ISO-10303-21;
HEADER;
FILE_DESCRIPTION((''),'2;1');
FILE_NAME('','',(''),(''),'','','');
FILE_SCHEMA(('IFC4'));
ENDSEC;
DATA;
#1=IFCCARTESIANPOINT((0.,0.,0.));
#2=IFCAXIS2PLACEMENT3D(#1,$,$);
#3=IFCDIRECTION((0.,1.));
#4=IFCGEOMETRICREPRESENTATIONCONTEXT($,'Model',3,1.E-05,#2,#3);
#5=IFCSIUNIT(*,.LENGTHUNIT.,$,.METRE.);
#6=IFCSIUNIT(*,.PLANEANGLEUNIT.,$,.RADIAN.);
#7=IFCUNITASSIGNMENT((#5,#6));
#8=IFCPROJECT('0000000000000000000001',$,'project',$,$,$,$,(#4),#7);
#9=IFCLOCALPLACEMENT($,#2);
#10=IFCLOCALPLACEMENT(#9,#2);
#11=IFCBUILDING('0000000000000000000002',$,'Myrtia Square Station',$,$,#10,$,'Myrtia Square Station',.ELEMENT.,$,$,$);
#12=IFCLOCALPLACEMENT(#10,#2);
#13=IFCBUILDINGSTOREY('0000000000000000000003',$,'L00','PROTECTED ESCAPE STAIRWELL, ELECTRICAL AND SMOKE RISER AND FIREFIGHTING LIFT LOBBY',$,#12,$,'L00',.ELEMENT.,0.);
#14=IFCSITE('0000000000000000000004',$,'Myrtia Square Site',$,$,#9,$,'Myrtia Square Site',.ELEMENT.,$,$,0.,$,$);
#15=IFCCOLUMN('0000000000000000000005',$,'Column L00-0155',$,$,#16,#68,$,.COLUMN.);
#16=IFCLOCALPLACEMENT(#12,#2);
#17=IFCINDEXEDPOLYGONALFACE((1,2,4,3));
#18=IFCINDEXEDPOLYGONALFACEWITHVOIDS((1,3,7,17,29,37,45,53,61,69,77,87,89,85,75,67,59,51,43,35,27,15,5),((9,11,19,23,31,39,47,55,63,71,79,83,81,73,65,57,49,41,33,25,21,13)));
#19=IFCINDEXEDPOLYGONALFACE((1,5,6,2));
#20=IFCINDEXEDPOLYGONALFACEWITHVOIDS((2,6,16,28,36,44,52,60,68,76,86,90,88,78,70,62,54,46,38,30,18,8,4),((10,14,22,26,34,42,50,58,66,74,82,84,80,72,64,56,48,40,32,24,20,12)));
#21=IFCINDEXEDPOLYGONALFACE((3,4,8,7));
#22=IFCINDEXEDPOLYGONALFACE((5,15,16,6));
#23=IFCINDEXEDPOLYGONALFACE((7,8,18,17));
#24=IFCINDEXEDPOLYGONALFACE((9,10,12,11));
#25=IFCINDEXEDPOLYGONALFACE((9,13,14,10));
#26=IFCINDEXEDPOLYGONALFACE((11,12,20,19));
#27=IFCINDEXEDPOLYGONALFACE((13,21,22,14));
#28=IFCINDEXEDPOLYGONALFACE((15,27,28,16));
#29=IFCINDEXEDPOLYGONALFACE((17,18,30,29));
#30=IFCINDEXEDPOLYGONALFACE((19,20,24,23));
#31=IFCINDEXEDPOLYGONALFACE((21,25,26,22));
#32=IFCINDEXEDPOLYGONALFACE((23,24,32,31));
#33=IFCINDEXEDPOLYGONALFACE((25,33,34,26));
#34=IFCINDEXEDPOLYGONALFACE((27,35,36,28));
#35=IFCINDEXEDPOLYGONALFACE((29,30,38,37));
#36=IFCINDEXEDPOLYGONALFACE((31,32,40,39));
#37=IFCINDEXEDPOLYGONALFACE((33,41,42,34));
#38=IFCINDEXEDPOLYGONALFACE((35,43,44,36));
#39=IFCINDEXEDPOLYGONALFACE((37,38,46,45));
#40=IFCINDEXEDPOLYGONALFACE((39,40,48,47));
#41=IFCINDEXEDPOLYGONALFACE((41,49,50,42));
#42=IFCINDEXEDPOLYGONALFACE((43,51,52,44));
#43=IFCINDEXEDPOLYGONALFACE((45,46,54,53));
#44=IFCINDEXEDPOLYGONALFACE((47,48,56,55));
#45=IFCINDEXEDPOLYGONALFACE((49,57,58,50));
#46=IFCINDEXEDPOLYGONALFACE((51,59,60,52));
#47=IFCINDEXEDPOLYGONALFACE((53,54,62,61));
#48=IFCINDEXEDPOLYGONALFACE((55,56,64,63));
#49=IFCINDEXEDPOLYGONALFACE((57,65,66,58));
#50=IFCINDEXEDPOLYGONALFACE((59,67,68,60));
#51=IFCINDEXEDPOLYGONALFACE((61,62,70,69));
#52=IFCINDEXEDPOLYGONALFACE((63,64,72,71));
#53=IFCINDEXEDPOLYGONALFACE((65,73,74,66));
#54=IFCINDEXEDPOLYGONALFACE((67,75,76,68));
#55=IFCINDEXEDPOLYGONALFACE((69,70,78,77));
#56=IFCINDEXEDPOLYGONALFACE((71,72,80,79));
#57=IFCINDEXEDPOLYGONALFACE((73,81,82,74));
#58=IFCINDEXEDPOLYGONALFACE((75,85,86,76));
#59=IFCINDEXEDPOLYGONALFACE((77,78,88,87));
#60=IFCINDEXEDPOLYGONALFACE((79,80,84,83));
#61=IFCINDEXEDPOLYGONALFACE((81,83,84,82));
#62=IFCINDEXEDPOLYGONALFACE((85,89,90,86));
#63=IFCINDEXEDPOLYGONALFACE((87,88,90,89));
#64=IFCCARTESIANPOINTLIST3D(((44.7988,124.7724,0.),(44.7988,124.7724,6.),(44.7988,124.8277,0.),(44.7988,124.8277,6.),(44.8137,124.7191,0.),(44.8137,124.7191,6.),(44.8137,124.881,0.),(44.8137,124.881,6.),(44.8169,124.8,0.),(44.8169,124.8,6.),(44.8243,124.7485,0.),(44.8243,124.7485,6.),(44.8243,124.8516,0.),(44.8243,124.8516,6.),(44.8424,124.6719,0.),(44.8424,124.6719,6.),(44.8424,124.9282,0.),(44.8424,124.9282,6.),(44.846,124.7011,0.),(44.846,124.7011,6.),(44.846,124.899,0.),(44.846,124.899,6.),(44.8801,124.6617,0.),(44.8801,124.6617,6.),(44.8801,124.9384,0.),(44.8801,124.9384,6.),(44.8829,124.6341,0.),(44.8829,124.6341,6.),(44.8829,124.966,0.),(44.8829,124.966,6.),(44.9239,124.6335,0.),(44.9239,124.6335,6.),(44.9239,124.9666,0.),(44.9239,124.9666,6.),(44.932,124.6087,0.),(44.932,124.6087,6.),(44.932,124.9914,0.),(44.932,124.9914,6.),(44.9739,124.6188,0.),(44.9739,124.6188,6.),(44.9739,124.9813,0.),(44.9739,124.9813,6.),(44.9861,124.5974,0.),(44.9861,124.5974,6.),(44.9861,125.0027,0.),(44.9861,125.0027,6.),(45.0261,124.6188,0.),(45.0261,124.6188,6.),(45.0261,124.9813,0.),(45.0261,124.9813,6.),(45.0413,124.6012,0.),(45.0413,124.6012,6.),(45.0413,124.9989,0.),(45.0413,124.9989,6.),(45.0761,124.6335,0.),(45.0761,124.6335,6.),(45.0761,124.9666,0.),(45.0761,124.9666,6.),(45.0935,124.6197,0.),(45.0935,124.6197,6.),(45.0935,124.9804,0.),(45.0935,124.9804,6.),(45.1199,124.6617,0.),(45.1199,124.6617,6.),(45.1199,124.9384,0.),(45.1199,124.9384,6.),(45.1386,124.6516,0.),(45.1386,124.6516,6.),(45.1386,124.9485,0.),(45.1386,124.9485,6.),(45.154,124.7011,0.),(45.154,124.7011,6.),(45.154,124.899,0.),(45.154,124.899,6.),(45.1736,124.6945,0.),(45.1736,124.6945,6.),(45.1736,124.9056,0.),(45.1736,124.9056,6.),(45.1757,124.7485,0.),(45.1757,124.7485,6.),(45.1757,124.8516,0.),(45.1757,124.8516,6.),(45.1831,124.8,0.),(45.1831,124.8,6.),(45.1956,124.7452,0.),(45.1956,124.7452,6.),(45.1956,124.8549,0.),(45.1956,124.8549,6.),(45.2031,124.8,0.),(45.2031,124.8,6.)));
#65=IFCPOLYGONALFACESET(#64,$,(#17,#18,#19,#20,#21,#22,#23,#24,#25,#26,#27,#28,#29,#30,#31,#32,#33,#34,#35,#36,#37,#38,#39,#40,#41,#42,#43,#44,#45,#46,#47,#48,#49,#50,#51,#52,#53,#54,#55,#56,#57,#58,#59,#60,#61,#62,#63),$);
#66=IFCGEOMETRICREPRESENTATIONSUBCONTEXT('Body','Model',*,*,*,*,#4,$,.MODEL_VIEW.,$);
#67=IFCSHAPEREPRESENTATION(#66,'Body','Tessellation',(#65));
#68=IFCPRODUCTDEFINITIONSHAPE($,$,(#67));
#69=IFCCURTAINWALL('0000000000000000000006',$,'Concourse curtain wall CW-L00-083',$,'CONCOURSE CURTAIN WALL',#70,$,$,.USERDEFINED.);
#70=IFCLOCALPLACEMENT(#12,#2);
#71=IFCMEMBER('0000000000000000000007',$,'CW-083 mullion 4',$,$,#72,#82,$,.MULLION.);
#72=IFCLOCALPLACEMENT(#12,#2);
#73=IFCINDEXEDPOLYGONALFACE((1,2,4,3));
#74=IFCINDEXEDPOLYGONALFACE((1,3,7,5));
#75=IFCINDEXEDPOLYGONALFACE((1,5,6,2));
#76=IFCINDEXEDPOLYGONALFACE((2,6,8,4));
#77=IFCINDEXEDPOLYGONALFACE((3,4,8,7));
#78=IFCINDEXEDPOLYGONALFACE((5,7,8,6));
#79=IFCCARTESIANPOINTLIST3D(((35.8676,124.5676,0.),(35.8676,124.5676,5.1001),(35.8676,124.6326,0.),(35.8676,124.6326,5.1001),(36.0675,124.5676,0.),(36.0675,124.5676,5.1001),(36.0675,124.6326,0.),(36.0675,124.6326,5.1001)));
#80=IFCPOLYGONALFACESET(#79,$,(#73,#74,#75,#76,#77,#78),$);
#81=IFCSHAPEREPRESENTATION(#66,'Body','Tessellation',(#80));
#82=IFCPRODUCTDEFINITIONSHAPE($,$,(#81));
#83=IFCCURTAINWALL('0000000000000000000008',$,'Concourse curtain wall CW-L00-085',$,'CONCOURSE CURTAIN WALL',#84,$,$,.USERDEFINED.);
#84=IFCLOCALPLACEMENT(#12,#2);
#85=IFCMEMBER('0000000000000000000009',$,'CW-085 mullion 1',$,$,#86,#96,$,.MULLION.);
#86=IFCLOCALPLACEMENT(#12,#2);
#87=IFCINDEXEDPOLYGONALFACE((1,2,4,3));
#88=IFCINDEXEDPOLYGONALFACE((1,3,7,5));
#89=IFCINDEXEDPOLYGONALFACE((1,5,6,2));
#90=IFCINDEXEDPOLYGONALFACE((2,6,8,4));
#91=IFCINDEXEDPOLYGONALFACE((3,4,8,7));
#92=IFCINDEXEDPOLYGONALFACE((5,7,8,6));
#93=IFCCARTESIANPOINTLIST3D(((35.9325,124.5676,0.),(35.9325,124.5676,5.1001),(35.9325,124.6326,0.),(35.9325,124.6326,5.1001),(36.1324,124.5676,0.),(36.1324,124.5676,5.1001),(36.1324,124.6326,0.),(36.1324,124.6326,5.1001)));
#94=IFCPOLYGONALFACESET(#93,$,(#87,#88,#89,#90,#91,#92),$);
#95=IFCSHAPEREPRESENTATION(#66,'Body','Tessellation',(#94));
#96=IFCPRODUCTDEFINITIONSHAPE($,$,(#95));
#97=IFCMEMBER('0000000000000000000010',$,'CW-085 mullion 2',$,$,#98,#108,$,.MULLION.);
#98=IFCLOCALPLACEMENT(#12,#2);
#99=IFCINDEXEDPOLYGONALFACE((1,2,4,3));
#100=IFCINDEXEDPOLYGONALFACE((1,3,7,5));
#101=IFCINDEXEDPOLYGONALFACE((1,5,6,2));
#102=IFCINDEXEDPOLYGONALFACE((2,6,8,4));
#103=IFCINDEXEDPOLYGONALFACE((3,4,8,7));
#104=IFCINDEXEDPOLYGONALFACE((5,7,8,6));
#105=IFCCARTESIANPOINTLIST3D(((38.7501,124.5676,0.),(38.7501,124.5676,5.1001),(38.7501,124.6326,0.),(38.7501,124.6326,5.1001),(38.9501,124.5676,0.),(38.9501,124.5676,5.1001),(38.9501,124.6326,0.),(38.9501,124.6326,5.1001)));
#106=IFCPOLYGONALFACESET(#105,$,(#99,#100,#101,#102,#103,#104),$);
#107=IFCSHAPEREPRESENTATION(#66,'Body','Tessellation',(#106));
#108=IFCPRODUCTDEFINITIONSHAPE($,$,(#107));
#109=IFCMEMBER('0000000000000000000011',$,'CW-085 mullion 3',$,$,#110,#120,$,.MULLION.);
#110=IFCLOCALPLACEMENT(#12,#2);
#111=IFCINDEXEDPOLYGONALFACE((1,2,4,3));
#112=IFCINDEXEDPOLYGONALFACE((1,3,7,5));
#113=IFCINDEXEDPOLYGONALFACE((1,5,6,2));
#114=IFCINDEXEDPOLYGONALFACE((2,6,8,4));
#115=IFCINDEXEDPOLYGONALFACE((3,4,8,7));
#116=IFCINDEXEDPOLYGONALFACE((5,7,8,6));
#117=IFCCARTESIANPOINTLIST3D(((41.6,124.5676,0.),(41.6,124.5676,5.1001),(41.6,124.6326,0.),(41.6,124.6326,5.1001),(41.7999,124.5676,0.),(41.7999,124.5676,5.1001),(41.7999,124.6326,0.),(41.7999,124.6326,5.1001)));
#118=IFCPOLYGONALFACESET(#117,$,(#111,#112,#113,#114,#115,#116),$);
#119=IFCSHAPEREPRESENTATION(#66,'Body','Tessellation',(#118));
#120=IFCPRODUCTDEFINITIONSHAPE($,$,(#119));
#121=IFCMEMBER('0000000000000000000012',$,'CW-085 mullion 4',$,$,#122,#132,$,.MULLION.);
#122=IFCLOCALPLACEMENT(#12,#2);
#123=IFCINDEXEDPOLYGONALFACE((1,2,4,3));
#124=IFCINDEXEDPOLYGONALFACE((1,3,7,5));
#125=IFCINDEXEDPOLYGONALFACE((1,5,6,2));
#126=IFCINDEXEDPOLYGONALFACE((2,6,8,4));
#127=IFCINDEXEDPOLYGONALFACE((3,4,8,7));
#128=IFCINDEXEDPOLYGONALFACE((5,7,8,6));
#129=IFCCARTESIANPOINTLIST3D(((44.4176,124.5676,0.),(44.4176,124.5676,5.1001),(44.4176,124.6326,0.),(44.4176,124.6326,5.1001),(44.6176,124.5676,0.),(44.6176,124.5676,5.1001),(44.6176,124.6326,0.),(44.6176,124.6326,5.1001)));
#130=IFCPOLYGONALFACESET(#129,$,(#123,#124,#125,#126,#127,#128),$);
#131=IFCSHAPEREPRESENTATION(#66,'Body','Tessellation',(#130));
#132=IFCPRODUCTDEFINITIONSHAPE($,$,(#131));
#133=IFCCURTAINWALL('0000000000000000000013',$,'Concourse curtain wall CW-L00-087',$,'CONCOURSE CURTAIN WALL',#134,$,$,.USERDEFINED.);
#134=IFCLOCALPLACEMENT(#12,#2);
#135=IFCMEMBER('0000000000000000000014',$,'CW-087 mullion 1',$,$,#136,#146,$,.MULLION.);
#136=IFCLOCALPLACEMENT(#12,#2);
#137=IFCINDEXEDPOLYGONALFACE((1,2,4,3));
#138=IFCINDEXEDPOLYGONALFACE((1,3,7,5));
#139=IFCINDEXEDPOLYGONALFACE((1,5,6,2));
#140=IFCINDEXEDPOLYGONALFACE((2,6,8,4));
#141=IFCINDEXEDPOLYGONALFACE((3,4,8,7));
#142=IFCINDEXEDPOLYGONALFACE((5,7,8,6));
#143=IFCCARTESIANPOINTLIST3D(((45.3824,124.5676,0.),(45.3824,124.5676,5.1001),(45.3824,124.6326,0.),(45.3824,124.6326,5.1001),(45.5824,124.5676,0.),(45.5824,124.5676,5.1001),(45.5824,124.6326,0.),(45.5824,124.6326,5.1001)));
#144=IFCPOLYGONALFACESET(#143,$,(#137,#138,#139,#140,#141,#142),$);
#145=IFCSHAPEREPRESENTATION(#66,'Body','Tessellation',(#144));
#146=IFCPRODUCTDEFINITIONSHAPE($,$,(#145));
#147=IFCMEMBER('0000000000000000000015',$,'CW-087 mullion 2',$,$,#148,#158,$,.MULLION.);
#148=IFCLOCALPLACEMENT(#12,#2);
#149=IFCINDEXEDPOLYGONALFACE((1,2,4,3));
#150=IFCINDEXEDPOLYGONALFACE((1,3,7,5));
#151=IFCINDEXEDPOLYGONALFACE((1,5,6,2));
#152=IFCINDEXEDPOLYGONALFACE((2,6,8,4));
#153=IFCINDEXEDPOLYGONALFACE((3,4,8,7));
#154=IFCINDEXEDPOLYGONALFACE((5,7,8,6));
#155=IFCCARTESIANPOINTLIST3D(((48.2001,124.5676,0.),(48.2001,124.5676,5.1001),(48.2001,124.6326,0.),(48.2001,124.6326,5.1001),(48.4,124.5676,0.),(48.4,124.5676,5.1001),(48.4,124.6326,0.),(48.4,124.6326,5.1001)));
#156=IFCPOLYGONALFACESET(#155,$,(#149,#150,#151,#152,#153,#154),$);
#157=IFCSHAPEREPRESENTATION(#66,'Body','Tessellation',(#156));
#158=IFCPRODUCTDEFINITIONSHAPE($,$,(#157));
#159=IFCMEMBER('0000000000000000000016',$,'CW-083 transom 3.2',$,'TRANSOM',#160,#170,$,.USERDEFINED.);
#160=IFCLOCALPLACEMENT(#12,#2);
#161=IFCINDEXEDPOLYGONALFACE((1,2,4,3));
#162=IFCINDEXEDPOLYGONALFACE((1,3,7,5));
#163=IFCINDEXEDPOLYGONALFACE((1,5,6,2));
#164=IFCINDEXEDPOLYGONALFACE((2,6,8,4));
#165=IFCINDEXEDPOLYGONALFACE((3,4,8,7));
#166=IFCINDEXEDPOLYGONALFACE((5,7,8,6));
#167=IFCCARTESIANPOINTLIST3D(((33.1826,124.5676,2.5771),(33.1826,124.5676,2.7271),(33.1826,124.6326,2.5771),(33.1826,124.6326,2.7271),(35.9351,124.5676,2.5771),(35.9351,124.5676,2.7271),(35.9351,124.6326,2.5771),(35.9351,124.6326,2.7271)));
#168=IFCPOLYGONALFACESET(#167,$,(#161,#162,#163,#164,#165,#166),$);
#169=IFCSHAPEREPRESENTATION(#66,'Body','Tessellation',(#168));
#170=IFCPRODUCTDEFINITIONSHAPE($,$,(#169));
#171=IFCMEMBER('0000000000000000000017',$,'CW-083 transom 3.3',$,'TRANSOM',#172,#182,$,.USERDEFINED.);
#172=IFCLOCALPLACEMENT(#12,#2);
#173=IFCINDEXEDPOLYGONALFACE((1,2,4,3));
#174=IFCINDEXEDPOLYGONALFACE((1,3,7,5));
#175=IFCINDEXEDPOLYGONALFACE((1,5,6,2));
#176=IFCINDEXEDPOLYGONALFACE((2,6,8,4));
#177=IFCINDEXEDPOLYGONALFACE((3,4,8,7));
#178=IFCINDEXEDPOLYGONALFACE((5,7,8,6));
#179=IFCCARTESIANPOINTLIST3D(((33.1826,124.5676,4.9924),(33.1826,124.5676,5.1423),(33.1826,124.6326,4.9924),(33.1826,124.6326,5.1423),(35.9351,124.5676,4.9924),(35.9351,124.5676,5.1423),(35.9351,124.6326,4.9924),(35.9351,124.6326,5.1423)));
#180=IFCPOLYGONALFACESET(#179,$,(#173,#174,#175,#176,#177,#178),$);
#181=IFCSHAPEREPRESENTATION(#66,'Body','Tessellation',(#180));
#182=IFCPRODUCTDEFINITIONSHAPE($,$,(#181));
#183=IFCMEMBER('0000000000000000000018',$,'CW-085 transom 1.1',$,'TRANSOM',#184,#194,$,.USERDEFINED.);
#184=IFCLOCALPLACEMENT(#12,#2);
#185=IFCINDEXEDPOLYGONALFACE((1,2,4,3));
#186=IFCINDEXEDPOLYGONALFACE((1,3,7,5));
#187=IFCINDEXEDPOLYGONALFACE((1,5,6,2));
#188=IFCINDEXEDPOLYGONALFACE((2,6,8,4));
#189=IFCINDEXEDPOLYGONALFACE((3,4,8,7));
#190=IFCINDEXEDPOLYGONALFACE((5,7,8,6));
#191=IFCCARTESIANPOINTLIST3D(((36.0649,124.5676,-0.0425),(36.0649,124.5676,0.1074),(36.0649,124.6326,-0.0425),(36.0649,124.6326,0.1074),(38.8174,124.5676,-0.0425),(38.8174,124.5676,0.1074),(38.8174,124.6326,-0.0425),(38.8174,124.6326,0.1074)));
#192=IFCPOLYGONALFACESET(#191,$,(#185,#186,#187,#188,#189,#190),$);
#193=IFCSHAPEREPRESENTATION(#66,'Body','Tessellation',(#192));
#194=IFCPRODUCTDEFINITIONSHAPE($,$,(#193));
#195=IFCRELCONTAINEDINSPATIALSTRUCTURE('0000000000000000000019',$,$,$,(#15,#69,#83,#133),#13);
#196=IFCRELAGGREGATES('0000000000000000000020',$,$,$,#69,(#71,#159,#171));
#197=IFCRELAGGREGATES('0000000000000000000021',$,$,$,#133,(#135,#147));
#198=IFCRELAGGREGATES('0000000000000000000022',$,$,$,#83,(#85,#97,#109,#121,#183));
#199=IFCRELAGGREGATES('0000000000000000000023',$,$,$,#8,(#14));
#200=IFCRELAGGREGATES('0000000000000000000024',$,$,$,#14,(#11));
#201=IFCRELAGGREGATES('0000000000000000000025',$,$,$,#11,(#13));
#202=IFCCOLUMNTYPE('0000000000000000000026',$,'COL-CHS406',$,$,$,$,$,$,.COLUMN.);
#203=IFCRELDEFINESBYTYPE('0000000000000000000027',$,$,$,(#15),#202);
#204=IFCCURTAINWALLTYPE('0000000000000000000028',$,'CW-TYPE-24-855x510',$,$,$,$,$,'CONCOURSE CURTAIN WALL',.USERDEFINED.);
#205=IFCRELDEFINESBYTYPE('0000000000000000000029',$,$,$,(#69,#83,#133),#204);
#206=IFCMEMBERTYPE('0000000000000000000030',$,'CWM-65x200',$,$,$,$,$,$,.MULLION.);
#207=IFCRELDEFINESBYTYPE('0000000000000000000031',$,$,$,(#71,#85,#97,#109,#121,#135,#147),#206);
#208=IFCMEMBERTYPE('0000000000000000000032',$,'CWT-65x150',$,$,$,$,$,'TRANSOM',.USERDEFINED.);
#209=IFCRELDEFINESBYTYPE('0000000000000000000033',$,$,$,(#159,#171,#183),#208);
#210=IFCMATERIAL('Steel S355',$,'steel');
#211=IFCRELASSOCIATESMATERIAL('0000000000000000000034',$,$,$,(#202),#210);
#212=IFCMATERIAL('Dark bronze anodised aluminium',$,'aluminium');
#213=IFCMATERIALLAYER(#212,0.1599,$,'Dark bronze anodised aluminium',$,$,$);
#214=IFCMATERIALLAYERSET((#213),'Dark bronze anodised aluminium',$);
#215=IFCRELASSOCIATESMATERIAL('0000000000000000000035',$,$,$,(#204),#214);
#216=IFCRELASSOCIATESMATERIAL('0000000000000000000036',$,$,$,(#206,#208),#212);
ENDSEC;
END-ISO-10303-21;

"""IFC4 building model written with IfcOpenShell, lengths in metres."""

from ifc_helpers import new_model, si_unit, direction, frame, origin, origin_2d, place, context, subcontext, project, spatial, rectangle, hollow_circle, extrude, material, layer, layer_set, material_profile, profile_set, type_object, element, aggregate, save


model = new_model("IFC4")

# Units and contexts
model_context = context("Model", 3, precision=1e-05, world=origin(), true_north=direction((0.0, 1.0)))
body_context = subcontext(model_context, "Body", "Model", "MODEL_VIEW")
ifc_project = project(units=[si_unit("LENGTHUNIT", "METRE"), si_unit("PLANEANGLEUNIT", "RADIAN")], contexts=[model_context])

# Site, building, storey
site_placement = place(None, origin())
site = spatial("IfcSite", under=ifc_project, at=site_placement, Name="Myrtia Square Site", LongName="Myrtia Square Site", CompositionType="ELEMENT", RefElevation=0.0)
building_placement = place(site_placement, origin())
building = spatial("IfcBuilding", under=site, at=building_placement, Name="Myrtia Square Station", LongName="Myrtia Square Station", CompositionType="ELEMENT")
storey_placement = place(building_placement, origin())
storey = spatial("IfcBuildingStorey", under=building, at=storey_placement, Name="L00", Description="PROTECTED ESCAPE STAIRWELL, ELECTRICAL AND SMOKE RISER AND FIREFIGHTING LIFT LOBBY", LongName="L00", CompositionType="ELEMENT", Elevation=0.0)

# Column
ifc_material_1 = material(Name="Steel S355", Category="steel")
ifc_material_profile_1 = material_profile(ifc_material_1, hollow_circle(Radius=0.2031, WallThickness=0.02, at=origin_2d()), Name="CHS 406.4x20")
ifc_profile_set_1 = profile_set([ifc_material_profile_1], Name="Steel S355")
column_type = type_object("IfcColumnType", Name="COL-CHS406", PredefinedType="COLUMN", material=ifc_profile_set_1)
column_placement = place(storey_placement, frame((45.0, 124.8, 0.0), z_axis=(0.0, 0.0, 1.0), x_axis=(1.0, 0.0, 0.0)))
element("IfcColumn", 1, at=column_placement, inside=storey, type_object=column_type, Name="Column L00-0155", PredefinedType="COLUMN", context=body_context, shape_type="SweptSolid", body=[
    extrude(hollow_circle(Radius=0.2031, WallThickness=0.02, at=origin_2d()), origin(), (0.0, 0.0, 1.0), 6.0),
])

# Curtain wall, member
ifc_material_2 = material(Name="Dark bronze anodised aluminium", Category="aluminium")
ifc_layer_1 = layer(ifc_material_2, 0.1599, Name="Dark bronze anodised aluminium")
ifc_layer_set_1 = layer_set([ifc_layer_1], Name="Dark bronze anodised aluminium")
curtain_wall_type = type_object("IfcCurtainWallType", Name="CW-TYPE-24-855x510", ElementType="CONCOURSE CURTAIN WALL", PredefinedType="USERDEFINED", material=ifc_layer_set_1)
curtain_wall_1_placement = place(storey_placement, origin())
curtain_wall_1 = element("IfcCurtainWall", 2, at=curtain_wall_1_placement, inside=storey, type_object=curtain_wall_type, Name="Concourse curtain wall CW-L00-083", ObjectType="CONCOURSE CURTAIN WALL", PredefinedType="USERDEFINED")
ifc_material_profile_2 = material_profile(ifc_material_2, rectangle(XDim=0.0649, YDim=0.2, at=origin_2d()), Name="ALU-M 65x200")
ifc_profile_set_2 = profile_set([ifc_material_profile_2], Name="Dark bronze anodised aluminium")
member_type_1 = type_object("IfcMemberType", Name="CWM-65x200", PredefinedType="MULLION", material=ifc_profile_set_2)
member_1_placement = place(storey_placement, frame((35.9675, 124.6001, 0.0), z_axis=(0.0, 0.0, 1.0), x_axis=(0.0, 1.0, 0.0)))
member_1 = element("IfcMember", 3, at=member_1_placement, type_object=member_type_1, Name="CW-083 mullion 4", PredefinedType="MULLION", context=body_context, shape_type="SweptSolid", body=[
    extrude(rectangle(XDim=0.0649, YDim=0.2, at=origin_2d()), origin(), (0.0, 0.0, 1.0), 5.1001),
])

# Curtain walls, members
curtain_wall_2_placement = place(storey_placement, origin())
curtain_wall_2 = element("IfcCurtainWall", 4, at=curtain_wall_2_placement, inside=storey, type_object=curtain_wall_type, Name="Concourse curtain wall CW-L00-085", ObjectType="CONCOURSE CURTAIN WALL", PredefinedType="USERDEFINED")
member_2_placement = place(storey_placement, frame((36.0325, 124.6001, 0.0), z_axis=(0.0, 0.0, 1.0), x_axis=(0.0, 1.0, 0.0)))
member_2 = element("IfcMember", 5, at=member_2_placement, type_object=member_type_1, Name="CW-085 mullion 1", PredefinedType="MULLION", context=body_context, shape_type="SweptSolid", body=[
    extrude(rectangle(XDim=0.0649, YDim=0.2, at=origin_2d()), origin(), (0.0, 0.0, 1.0), 5.1001),
])
member_3_placement = place(storey_placement, frame((38.8501, 124.6001, 0.0), z_axis=(0.0, 0.0, 1.0), x_axis=(0.0, 1.0, 0.0)))
member_3 = element("IfcMember", 6, at=member_3_placement, type_object=member_type_1, Name="CW-085 mullion 2", PredefinedType="MULLION", context=body_context, shape_type="SweptSolid", body=[
    extrude(rectangle(XDim=0.0649, YDim=0.2, at=origin_2d()), origin(), (0.0, 0.0, 1.0), 5.1001),
])
member_4_placement = place(storey_placement, frame((41.7, 124.6001, 0.0), z_axis=(0.0, 0.0, 1.0), x_axis=(0.0, 1.0, 0.0)))
member_4 = element("IfcMember", 7, at=member_4_placement, type_object=member_type_1, Name="CW-085 mullion 3", PredefinedType="MULLION", context=body_context, shape_type="SweptSolid", body=[
    extrude(rectangle(XDim=0.0649, YDim=0.2, at=origin_2d()), origin(), (0.0, 0.0, 1.0), 5.1001),
])
member_5_placement = place(storey_placement, frame((44.5176, 124.6001, 0.0), z_axis=(0.0, 0.0, 1.0), x_axis=(0.0, 1.0, 0.0)))
member_5 = element("IfcMember", 8, at=member_5_placement, type_object=member_type_1, Name="CW-085 mullion 4", PredefinedType="MULLION", context=body_context, shape_type="SweptSolid", body=[
    extrude(rectangle(XDim=0.0649, YDim=0.2, at=origin_2d()), origin(), (0.0, 0.0, 1.0), 5.1001),
])
curtain_wall_3_placement = place(storey_placement, origin())
curtain_wall_3 = element("IfcCurtainWall", 9, at=curtain_wall_3_placement, inside=storey, type_object=curtain_wall_type, Name="Concourse curtain wall CW-L00-087", ObjectType="CONCOURSE CURTAIN WALL", PredefinedType="USERDEFINED")
member_6_placement = place(storey_placement, frame((45.4824, 124.6001, 0.0), z_axis=(0.0, 0.0, 1.0), x_axis=(0.0, 1.0, 0.0)))
member_6 = element("IfcMember", 10, at=member_6_placement, type_object=member_type_1, Name="CW-087 mullion 1", PredefinedType="MULLION", context=body_context, shape_type="SweptSolid", body=[
    extrude(rectangle(XDim=0.0649, YDim=0.2, at=origin_2d()), origin(), (0.0, 0.0, 1.0), 5.1001),
])
member_7_placement = place(storey_placement, frame((48.3, 124.6001, 0.0), z_axis=(0.0, 0.0, 1.0), x_axis=(0.0, 1.0, 0.0)))
member_7 = element("IfcMember", 11, at=member_7_placement, type_object=member_type_1, Name="CW-087 mullion 2", PredefinedType="MULLION", context=body_context, shape_type="SweptSolid", body=[
    extrude(rectangle(XDim=0.0649, YDim=0.2, at=origin_2d()), origin(), (0.0, 0.0, 1.0), 5.1001),
])

# Members
ifc_material_profile_3 = material_profile(ifc_material_2, rectangle(XDim=0.0649, YDim=0.1499, at=origin_2d()), Name="ALU-T 65x150")
ifc_profile_set_3 = profile_set([ifc_material_profile_3], Name="Dark bronze anodised aluminium")
member_type_2 = type_object("IfcMemberType", Name="CWT-65x150", ElementType="TRANSOM", PredefinedType="USERDEFINED", material=ifc_profile_set_3)
member_8_placement = place(storey_placement, frame((33.1826, 124.6001, 2.6521), z_axis=(1.0, 0.0, 0.0), x_axis=(0.0, 1.0, 0.0)))
member_8 = element("IfcMember", 12, at=member_8_placement, type_object=member_type_2, Name="CW-083 transom 3.2", ObjectType="TRANSOM", PredefinedType="USERDEFINED", context=body_context, shape_type="SweptSolid", body=[
    extrude(rectangle(XDim=0.0649, YDim=0.1499, at=origin_2d()), origin(), (0.0, 0.0, 1.0), 2.7524),
])
member_9_placement = place(storey_placement, frame((33.1826, 124.6001, 5.0674), z_axis=(1.0, 0.0, 0.0), x_axis=(0.0, 1.0, 0.0)))
member_9 = element("IfcMember", 13, at=member_9_placement, type_object=member_type_2, Name="CW-083 transom 3.3", ObjectType="TRANSOM", PredefinedType="USERDEFINED", context=body_context, shape_type="SweptSolid", body=[
    extrude(rectangle(XDim=0.0649, YDim=0.1499, at=origin_2d()), origin(), (0.0, 0.0, 1.0), 2.7524),
])
member_10_placement = place(storey_placement, frame((36.0649, 124.6001, 0.0325), z_axis=(1.0, 0.0, 0.0), x_axis=(0.0, 1.0, 0.0)))
member_10 = element("IfcMember", 14, at=member_10_placement, type_object=member_type_2, Name="CW-085 transom 1.1", ObjectType="TRANSOM", PredefinedType="USERDEFINED", context=body_context, shape_type="SweptSolid", body=[
    extrude(rectangle(XDim=0.0649, YDim=0.1499, at=origin_2d()), origin(), (0.0, 0.0, 1.0), 2.7524),
])

aggregate(curtain_wall_1, [member_1, member_8, member_9])
aggregate(curtain_wall_3, [member_6, member_7])
aggregate(curtain_wall_2, [member_2, member_3, member_4, member_5, member_10])

save(model, "model.ifc")
